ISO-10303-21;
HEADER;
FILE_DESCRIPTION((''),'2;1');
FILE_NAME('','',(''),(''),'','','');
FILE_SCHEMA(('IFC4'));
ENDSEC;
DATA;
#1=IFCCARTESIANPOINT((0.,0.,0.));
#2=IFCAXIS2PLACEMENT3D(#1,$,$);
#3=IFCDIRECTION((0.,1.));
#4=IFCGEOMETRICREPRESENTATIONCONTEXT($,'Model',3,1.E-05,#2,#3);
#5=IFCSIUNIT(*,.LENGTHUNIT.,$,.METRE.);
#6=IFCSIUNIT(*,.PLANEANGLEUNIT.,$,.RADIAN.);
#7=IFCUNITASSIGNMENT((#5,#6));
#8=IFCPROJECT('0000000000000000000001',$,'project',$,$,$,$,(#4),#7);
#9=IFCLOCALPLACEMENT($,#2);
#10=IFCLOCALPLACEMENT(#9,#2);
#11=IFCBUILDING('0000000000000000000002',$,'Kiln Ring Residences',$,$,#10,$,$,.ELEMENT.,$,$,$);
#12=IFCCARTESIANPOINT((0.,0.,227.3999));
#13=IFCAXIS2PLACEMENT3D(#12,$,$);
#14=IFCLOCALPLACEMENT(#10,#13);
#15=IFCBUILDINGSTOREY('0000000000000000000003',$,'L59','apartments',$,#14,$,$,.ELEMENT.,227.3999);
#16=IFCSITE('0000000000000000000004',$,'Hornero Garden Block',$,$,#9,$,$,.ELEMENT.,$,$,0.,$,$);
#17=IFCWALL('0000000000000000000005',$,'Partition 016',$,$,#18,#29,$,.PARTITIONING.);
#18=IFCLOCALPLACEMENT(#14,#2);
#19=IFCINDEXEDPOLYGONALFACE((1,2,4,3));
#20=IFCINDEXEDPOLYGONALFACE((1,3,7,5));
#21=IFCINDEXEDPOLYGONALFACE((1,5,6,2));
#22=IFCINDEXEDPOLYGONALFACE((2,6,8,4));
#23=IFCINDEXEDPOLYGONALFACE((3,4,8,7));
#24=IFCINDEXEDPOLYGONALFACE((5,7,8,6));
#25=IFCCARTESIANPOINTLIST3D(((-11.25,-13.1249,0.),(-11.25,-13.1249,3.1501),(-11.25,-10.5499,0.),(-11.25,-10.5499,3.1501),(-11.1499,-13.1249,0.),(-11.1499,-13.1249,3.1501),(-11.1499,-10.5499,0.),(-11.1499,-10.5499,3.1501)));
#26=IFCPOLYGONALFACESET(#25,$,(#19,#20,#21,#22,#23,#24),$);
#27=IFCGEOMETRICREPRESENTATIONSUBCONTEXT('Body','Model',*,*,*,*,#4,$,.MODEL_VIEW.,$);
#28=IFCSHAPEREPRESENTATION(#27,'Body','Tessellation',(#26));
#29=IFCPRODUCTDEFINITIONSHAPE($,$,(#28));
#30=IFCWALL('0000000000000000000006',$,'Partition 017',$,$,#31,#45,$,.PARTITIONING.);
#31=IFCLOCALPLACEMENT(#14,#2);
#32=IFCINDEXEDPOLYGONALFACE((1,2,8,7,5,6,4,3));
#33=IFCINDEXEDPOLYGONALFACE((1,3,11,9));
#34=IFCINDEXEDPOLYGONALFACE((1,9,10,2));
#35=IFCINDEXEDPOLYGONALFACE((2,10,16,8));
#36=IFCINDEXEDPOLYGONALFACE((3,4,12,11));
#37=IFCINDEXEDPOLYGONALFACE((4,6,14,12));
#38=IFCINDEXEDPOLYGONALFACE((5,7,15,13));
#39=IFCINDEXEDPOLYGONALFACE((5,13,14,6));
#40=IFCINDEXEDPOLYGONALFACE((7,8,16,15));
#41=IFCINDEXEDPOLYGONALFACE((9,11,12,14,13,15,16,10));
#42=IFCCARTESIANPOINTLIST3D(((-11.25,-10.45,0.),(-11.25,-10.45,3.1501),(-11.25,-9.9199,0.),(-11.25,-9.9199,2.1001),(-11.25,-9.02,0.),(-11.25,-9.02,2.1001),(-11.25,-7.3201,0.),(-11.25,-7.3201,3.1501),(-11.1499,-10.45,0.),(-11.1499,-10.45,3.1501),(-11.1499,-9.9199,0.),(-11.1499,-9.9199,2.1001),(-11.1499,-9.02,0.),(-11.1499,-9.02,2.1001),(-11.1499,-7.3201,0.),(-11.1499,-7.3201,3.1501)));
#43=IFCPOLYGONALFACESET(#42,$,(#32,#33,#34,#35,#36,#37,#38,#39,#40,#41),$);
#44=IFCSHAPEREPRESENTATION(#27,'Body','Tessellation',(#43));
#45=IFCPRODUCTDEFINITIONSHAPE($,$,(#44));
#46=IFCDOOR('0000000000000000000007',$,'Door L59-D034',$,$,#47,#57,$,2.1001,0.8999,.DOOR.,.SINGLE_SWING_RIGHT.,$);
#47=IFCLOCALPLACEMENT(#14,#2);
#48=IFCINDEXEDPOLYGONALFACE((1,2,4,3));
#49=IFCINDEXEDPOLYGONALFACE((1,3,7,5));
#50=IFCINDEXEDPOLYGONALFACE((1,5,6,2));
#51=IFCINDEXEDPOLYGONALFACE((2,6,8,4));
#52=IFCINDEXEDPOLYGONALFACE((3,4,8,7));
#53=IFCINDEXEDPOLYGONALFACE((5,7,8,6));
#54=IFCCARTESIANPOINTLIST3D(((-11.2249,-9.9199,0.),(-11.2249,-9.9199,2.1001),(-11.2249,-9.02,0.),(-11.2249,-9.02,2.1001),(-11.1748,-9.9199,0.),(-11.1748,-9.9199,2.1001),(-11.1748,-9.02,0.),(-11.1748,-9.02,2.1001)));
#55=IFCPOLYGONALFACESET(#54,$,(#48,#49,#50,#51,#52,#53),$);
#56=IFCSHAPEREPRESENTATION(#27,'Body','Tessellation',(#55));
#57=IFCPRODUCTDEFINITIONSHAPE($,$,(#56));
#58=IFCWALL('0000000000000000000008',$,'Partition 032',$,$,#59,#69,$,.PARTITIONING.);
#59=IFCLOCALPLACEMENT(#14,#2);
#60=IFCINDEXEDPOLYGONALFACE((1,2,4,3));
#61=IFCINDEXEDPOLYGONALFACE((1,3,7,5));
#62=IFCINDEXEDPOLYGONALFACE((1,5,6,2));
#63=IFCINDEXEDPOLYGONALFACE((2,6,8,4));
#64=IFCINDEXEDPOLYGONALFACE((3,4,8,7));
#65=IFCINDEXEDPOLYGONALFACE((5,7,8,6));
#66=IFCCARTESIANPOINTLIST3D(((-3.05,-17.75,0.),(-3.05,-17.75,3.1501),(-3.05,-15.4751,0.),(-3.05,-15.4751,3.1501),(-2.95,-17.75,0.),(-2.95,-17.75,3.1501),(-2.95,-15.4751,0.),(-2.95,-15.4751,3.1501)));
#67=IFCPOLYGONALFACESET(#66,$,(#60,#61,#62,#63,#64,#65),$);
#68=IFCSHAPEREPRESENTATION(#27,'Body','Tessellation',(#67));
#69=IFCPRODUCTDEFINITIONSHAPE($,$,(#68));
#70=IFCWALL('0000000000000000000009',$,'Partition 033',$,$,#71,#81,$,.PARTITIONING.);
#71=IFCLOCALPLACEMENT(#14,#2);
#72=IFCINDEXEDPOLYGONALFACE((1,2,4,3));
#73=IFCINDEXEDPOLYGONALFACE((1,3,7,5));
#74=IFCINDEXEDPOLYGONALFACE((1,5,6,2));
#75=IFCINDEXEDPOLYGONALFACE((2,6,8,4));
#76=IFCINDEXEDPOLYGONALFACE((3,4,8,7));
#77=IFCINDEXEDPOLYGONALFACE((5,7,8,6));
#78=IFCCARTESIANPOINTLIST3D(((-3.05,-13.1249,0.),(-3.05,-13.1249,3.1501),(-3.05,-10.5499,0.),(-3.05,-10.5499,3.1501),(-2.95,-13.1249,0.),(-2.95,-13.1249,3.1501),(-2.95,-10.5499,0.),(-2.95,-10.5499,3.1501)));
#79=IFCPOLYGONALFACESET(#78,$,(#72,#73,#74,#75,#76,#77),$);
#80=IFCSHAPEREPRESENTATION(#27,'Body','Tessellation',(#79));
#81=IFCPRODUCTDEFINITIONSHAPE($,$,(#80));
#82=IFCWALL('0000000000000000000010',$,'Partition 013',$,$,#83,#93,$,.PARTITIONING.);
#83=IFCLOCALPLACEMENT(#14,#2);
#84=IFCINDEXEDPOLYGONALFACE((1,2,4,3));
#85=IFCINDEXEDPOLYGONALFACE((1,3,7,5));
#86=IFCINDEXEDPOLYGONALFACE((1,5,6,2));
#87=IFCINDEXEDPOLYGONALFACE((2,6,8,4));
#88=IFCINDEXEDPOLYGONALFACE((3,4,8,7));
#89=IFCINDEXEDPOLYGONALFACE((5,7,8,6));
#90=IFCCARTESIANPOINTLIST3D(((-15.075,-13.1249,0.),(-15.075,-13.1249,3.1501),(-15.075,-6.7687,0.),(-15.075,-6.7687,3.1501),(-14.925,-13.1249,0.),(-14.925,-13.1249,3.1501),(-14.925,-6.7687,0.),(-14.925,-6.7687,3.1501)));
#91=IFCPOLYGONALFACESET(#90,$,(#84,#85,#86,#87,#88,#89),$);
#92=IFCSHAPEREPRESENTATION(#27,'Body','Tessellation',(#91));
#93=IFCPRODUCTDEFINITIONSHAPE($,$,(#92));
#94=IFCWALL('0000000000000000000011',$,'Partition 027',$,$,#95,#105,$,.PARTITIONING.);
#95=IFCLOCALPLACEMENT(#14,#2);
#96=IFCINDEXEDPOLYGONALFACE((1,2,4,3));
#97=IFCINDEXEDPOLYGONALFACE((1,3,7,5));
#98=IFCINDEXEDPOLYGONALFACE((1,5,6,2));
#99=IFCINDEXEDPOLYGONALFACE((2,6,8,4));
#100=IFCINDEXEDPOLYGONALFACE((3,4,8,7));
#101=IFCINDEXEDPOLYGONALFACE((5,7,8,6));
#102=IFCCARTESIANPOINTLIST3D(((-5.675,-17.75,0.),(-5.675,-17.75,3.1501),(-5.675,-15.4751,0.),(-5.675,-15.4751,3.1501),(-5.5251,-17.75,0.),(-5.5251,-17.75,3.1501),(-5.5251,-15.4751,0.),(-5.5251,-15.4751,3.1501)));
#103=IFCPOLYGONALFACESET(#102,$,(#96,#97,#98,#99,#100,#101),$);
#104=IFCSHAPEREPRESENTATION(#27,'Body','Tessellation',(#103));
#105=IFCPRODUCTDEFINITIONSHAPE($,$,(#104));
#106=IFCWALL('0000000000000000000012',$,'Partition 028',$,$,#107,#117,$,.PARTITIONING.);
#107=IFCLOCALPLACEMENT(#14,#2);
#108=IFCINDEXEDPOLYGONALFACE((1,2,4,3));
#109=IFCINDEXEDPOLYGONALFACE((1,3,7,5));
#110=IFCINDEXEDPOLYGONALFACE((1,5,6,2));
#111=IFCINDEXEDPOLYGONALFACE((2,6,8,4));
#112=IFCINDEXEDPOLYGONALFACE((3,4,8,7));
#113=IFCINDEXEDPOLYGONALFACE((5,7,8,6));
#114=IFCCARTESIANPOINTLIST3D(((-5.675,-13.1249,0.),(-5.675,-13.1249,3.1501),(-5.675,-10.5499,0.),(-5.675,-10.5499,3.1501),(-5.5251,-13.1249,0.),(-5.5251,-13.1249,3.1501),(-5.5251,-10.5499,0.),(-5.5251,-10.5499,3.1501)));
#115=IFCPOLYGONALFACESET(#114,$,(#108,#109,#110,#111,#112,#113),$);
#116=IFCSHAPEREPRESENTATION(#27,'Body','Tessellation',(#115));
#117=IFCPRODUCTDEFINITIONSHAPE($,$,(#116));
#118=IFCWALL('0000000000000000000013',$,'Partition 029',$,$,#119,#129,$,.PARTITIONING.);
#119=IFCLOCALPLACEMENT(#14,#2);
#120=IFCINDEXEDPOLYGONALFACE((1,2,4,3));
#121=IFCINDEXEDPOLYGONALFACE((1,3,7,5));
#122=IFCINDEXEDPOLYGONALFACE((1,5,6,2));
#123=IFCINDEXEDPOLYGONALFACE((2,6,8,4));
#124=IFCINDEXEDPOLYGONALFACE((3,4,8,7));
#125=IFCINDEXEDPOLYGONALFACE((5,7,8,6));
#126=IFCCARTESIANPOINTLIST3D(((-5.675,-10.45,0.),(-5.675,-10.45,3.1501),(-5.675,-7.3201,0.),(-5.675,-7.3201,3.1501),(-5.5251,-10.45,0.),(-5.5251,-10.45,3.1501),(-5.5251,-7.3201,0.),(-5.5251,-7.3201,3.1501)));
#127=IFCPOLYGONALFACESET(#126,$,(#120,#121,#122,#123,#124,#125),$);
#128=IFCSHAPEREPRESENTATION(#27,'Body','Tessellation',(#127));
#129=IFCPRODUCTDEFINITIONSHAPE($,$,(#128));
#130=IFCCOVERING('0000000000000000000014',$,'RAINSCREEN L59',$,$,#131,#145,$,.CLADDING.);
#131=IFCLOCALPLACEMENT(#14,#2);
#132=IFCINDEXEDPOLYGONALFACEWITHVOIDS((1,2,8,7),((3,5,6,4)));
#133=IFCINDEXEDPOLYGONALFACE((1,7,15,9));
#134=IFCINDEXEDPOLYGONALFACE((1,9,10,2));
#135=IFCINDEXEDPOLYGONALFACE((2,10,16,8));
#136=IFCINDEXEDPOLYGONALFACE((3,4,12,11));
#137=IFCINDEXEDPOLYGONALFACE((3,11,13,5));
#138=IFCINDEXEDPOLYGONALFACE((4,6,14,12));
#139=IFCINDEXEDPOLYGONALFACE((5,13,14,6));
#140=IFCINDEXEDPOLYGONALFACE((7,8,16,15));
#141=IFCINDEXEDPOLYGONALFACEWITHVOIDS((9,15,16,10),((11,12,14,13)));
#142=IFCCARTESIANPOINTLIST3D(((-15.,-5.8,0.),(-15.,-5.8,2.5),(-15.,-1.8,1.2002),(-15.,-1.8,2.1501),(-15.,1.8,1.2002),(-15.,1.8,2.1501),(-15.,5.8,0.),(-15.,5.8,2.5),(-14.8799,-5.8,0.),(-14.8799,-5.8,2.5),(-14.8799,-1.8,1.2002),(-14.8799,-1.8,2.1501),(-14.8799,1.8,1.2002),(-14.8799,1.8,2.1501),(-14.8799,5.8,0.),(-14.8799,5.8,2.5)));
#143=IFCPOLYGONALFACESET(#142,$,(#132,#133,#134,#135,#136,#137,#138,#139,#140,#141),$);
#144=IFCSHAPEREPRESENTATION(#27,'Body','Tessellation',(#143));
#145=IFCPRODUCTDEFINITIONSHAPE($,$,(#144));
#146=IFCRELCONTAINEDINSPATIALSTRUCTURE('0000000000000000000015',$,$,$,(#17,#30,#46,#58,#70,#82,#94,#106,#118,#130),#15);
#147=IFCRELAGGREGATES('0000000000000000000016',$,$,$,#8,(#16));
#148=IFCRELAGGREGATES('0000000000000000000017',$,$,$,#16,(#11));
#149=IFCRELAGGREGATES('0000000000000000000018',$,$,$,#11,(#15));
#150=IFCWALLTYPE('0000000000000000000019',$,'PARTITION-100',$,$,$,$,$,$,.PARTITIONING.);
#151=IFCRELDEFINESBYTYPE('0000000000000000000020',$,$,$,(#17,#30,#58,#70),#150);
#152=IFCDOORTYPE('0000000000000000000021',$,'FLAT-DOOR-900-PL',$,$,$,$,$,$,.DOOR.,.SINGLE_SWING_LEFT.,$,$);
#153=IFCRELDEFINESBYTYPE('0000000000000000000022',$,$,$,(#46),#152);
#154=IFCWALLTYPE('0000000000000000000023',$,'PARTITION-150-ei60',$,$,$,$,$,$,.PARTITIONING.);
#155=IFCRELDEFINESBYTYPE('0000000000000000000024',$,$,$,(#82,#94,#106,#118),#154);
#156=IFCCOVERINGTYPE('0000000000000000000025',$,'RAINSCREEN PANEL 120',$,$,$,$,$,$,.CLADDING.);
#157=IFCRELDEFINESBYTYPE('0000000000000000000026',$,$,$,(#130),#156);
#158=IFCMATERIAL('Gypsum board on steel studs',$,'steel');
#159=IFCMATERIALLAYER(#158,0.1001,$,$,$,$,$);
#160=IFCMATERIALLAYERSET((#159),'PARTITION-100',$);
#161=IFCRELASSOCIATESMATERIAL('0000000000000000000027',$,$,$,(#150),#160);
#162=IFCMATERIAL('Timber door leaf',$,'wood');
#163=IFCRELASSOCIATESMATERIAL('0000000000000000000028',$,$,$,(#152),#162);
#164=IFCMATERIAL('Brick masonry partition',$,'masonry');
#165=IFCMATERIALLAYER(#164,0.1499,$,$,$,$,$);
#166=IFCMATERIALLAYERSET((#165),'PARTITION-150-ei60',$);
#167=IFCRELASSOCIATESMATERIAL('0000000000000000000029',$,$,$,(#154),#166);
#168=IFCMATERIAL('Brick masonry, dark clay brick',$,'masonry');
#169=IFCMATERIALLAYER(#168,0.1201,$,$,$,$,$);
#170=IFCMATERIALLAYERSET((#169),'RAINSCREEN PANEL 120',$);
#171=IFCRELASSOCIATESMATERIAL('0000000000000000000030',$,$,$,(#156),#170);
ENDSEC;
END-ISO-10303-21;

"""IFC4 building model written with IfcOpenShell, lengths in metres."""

from ifc_helpers import new_model, si_unit, direction, frame, frame_2d, origin, place, context, subcontext, project, spatial, polyline, rectangle, outline, extrude, material, layer, layer_set, type_object, element, fill, save


model = new_model("IFC4")

# Units and contexts
model_context = context("Model", 3, precision=1e-05, world=origin(), true_north=direction((0.0, 1.0)))
body_context = subcontext(model_context, "Body", "Model", "MODEL_VIEW")
ifc_project = project(units=[si_unit("LENGTHUNIT", "METRE"), si_unit("PLANEANGLEUNIT", "RADIAN")], contexts=[model_context])

# Site, building, storey
site_placement = place(None, origin())
site = spatial("IfcSite", under=ifc_project, at=site_placement, Name="Hornero Garden Block", CompositionType="ELEMENT", RefElevation=0.0)
building_placement = place(site_placement, origin())
building = spatial("IfcBuilding", under=site, at=building_placement, Name="Kiln Ring Residences", CompositionType="ELEMENT")
storey_placement = place(building_placement, frame((0.0, 0.0, 227.3999)))
storey = spatial("IfcBuildingStorey", under=building, at=storey_placement, Name="L59", Description="apartments", CompositionType="ELEMENT", Elevation=227.3999)

# Shared definitions
ifc_material_1 = material(Name="Gypsum board on steel studs", Category="steel")
ifc_layer_1 = layer(ifc_material_1, 0.1001)
ifc_layer_set_1 = layer_set([ifc_layer_1], Name="PARTITION-100")
wall_type_1 = type_object("IfcWallType", Name="PARTITION-100", PredefinedType="PARTITIONING", material=ifc_layer_set_1)
ifc_material_2 = material(Name="Timber door leaf", Category="wood")
door_type_1 = type_object("IfcDoorType", Name="FLAT-DOOR-900-PL", OperationType="SINGLE_SWING_LEFT", PredefinedType="DOOR", material=ifc_material_2)

# Wall
wall_1_placement = place(storey_placement, frame((-11.2, -13.125, 0.0), z_axis=(0.0, 0.0, 1.0), x_axis=(0.0, 1.0, 0.0)))
element("IfcWall", 1, at=wall_1_placement, inside=storey, type_object=wall_type_1, Name="Partition 016", PredefinedType="PARTITIONING", context=body_context, shape_type="SweptSolid", body=[
    extrude(rectangle(XDim=2.575, YDim=0.1001, at=frame_2d((1.2876, 0.0))), origin(), (0.0, 0.0, 1.0), 3.1501),
])

# Wall, opening, door
wall_2_placement = place(storey_placement, frame((-11.2, -10.45, 0.0), z_axis=(0.0, 0.0, 1.0), x_axis=(0.0, 1.0, 0.0)))
wall_2 = element("IfcWall", 2, at=wall_2_placement, inside=storey, type_object=wall_type_1, Name="Partition 017", PredefinedType="PARTITIONING", context=body_context, shape_type="SweptSolid", body=[
    extrude(rectangle(XDim=3.1299, YDim=0.1001, at=frame_2d((1.5649, 0.0))), origin(), (0.0, 0.0, 1.0), 3.1501),
])
opening_1_placement = place(wall_2_placement, frame((0.53, 0.0, 0.0)))
opening_1 = element("IfcOpeningElement", 3, at=opening_1_placement, cuts=wall_2, PredefinedType="OPENING", context=body_context, shape_type="SweptSolid", body=[
    extrude(rectangle(XDim=0.8999, YDim=2.1001, at=frame_2d((0.45, 1.05))), frame((0.0, 0.0601, 0.0), z_axis=(0.0, -1.0, 0.0), x_axis=(1.0, 0.0, 0.0)), (0.0, 0.0, 1.0), 0.1201),
])
door_1_placement = place(opening_1_placement, origin())
door_1 = element("IfcDoor", 4, at=door_1_placement, inside=storey, type_object=door_type_1, Name="Door L59-D034", OperationType="SINGLE_SWING_RIGHT", OverallHeight=2.1001, OverallWidth=0.8999, PredefinedType="DOOR", context=body_context, shape_type="SweptSolid", body=[
    extrude(rectangle(XDim=0.8999, YDim=2.1001, at=frame_2d((0.45, 1.05))), frame((0.0, 0.0249, 0.0), z_axis=(0.0, -1.0, 0.0), x_axis=(1.0, 0.0, 0.0)), (0.0, 0.0, 1.0), 0.05),
])
fill(opening_1, door_1)

# Walls
wall_3_placement = place(storey_placement, frame((-3.0, -17.75, 0.0), z_axis=(0.0, 0.0, 1.0), x_axis=(0.0, 1.0, 0.0)))
element("IfcWall", 5, at=wall_3_placement, inside=storey, type_object=wall_type_1, Name="Partition 032", PredefinedType="PARTITIONING", context=body_context, shape_type="SweptSolid", body=[
    extrude(rectangle(XDim=2.2749, YDim=0.1001, at=frame_2d((1.1375, 0.0))), origin(), (0.0, 0.0, 1.0), 3.1501),
])
wall_4_placement = place(storey_placement, frame((-3.0, -13.125, 0.0), z_axis=(0.0, 0.0, 1.0), x_axis=(0.0, 1.0, 0.0)))
element("IfcWall", 6, at=wall_4_placement, inside=storey, type_object=wall_type_1, Name="Partition 033", PredefinedType="PARTITIONING", context=body_context, shape_type="SweptSolid", body=[
    extrude(rectangle(XDim=2.575, YDim=0.1001, at=frame_2d((1.2876, 0.0))), origin(), (0.0, 0.0, 1.0), 3.1501),
])
ifc_material_3 = material(Name="Brick masonry partition", Category="masonry")
ifc_layer_2 = layer(ifc_material_3, 0.1499)
ifc_layer_set_2 = layer_set([ifc_layer_2], Name="PARTITION-150-ei60")
wall_type_2 = type_object("IfcWallType", Name="PARTITION-150-ei60", PredefinedType="PARTITIONING", material=ifc_layer_set_2)
wall_5_placement = place(storey_placement, frame((-15.0, -13.125, 0.0), z_axis=(0.0, 0.0, 1.0), x_axis=(0.0, 1.0, 0.0)))
element("IfcWall", 7, at=wall_5_placement, inside=storey, type_object=wall_type_2, Name="Partition 013", PredefinedType="PARTITIONING", context=body_context, shape_type="SweptSolid", body=[
    extrude(rectangle(XDim=6.3562, YDim=0.1499, at=frame_2d((3.1782, 0.0))), origin(), (0.0, 0.0, 1.0), 3.1501),
])
wall_6_placement = place(storey_placement, frame((-5.6001, -17.75, 0.0), z_axis=(0.0, 0.0, 1.0), x_axis=(0.0, 1.0, 0.0)))
element("IfcWall", 8, at=wall_6_placement, inside=storey, type_object=wall_type_2, Name="Partition 027", PredefinedType="PARTITIONING", context=body_context, shape_type="SweptSolid", body=[
    extrude(rectangle(XDim=2.2749, YDim=0.1499, at=frame_2d((1.1375, 0.0))), origin(), (0.0, 0.0, 1.0), 3.1501),
])
wall_7_placement = place(storey_placement, frame((-5.6001, -13.125, 0.0), z_axis=(0.0, 0.0, 1.0), x_axis=(0.0, 1.0, 0.0)))
element("IfcWall", 9, at=wall_7_placement, inside=storey, type_object=wall_type_2, Name="Partition 028", PredefinedType="PARTITIONING", context=body_context, shape_type="SweptSolid", body=[
    extrude(rectangle(XDim=2.575, YDim=0.1499, at=frame_2d((1.2876, 0.0))), origin(), (0.0, 0.0, 1.0), 3.1501),
])
wall_8_placement = place(storey_placement, frame((-5.6001, -10.45, 0.0), z_axis=(0.0, 0.0, 1.0), x_axis=(0.0, 1.0, 0.0)))
element("IfcWall", 10, at=wall_8_placement, inside=storey, type_object=wall_type_2, Name="Partition 029", PredefinedType="PARTITIONING", context=body_context, shape_type="SweptSolid", body=[
    extrude(rectangle(XDim=3.1299, YDim=0.1499, at=frame_2d((1.5649, 0.0))), origin(), (0.0, 0.0, 1.0), 3.1501),
])

# Covering
ifc_material_4 = material(Name="Brick masonry, dark clay brick", Category="masonry")
ifc_layer_3 = layer(ifc_material_4, 0.1201)
ifc_layer_set_3 = layer_set([ifc_layer_3], Name="RAINSCREEN PANEL 120")
covering_type = type_object("IfcCoveringType", Name="RAINSCREEN PANEL 120", PredefinedType="CLADDING", material=ifc_layer_set_3)
covering_placement = place(storey_placement, frame((-14.9399, -5.8, 0.0), z_axis=(0.0, 0.0, 1.0), x_axis=(0.0, 1.0, 0.0)))
element("IfcCovering", 11, at=covering_placement, inside=storey, type_object=covering_type, Name="RAINSCREEN L59", PredefinedType="CLADDING", context=body_context, shape_type="SweptSolid", body=[
    extrude(outline(polyline([(0.0, 0.0), (11.6001, 0.0), (11.6001, 2.5), (0.0, 2.5), (0.0, 0.0)]), holes=[polyline([(4.0, 2.1501), (4.0, 1.2002), (7.6001, 1.2002), (7.6001, 2.1501), (4.0, 2.1501)])]), frame((0.0, 0.0601, 0.0), z_axis=(0.0, -1.0, 0.0), x_axis=(1.0, 0.0, 0.0)), (0.0, 0.0, 1.0), 0.1201),
])

save(model, "model.ifc")
